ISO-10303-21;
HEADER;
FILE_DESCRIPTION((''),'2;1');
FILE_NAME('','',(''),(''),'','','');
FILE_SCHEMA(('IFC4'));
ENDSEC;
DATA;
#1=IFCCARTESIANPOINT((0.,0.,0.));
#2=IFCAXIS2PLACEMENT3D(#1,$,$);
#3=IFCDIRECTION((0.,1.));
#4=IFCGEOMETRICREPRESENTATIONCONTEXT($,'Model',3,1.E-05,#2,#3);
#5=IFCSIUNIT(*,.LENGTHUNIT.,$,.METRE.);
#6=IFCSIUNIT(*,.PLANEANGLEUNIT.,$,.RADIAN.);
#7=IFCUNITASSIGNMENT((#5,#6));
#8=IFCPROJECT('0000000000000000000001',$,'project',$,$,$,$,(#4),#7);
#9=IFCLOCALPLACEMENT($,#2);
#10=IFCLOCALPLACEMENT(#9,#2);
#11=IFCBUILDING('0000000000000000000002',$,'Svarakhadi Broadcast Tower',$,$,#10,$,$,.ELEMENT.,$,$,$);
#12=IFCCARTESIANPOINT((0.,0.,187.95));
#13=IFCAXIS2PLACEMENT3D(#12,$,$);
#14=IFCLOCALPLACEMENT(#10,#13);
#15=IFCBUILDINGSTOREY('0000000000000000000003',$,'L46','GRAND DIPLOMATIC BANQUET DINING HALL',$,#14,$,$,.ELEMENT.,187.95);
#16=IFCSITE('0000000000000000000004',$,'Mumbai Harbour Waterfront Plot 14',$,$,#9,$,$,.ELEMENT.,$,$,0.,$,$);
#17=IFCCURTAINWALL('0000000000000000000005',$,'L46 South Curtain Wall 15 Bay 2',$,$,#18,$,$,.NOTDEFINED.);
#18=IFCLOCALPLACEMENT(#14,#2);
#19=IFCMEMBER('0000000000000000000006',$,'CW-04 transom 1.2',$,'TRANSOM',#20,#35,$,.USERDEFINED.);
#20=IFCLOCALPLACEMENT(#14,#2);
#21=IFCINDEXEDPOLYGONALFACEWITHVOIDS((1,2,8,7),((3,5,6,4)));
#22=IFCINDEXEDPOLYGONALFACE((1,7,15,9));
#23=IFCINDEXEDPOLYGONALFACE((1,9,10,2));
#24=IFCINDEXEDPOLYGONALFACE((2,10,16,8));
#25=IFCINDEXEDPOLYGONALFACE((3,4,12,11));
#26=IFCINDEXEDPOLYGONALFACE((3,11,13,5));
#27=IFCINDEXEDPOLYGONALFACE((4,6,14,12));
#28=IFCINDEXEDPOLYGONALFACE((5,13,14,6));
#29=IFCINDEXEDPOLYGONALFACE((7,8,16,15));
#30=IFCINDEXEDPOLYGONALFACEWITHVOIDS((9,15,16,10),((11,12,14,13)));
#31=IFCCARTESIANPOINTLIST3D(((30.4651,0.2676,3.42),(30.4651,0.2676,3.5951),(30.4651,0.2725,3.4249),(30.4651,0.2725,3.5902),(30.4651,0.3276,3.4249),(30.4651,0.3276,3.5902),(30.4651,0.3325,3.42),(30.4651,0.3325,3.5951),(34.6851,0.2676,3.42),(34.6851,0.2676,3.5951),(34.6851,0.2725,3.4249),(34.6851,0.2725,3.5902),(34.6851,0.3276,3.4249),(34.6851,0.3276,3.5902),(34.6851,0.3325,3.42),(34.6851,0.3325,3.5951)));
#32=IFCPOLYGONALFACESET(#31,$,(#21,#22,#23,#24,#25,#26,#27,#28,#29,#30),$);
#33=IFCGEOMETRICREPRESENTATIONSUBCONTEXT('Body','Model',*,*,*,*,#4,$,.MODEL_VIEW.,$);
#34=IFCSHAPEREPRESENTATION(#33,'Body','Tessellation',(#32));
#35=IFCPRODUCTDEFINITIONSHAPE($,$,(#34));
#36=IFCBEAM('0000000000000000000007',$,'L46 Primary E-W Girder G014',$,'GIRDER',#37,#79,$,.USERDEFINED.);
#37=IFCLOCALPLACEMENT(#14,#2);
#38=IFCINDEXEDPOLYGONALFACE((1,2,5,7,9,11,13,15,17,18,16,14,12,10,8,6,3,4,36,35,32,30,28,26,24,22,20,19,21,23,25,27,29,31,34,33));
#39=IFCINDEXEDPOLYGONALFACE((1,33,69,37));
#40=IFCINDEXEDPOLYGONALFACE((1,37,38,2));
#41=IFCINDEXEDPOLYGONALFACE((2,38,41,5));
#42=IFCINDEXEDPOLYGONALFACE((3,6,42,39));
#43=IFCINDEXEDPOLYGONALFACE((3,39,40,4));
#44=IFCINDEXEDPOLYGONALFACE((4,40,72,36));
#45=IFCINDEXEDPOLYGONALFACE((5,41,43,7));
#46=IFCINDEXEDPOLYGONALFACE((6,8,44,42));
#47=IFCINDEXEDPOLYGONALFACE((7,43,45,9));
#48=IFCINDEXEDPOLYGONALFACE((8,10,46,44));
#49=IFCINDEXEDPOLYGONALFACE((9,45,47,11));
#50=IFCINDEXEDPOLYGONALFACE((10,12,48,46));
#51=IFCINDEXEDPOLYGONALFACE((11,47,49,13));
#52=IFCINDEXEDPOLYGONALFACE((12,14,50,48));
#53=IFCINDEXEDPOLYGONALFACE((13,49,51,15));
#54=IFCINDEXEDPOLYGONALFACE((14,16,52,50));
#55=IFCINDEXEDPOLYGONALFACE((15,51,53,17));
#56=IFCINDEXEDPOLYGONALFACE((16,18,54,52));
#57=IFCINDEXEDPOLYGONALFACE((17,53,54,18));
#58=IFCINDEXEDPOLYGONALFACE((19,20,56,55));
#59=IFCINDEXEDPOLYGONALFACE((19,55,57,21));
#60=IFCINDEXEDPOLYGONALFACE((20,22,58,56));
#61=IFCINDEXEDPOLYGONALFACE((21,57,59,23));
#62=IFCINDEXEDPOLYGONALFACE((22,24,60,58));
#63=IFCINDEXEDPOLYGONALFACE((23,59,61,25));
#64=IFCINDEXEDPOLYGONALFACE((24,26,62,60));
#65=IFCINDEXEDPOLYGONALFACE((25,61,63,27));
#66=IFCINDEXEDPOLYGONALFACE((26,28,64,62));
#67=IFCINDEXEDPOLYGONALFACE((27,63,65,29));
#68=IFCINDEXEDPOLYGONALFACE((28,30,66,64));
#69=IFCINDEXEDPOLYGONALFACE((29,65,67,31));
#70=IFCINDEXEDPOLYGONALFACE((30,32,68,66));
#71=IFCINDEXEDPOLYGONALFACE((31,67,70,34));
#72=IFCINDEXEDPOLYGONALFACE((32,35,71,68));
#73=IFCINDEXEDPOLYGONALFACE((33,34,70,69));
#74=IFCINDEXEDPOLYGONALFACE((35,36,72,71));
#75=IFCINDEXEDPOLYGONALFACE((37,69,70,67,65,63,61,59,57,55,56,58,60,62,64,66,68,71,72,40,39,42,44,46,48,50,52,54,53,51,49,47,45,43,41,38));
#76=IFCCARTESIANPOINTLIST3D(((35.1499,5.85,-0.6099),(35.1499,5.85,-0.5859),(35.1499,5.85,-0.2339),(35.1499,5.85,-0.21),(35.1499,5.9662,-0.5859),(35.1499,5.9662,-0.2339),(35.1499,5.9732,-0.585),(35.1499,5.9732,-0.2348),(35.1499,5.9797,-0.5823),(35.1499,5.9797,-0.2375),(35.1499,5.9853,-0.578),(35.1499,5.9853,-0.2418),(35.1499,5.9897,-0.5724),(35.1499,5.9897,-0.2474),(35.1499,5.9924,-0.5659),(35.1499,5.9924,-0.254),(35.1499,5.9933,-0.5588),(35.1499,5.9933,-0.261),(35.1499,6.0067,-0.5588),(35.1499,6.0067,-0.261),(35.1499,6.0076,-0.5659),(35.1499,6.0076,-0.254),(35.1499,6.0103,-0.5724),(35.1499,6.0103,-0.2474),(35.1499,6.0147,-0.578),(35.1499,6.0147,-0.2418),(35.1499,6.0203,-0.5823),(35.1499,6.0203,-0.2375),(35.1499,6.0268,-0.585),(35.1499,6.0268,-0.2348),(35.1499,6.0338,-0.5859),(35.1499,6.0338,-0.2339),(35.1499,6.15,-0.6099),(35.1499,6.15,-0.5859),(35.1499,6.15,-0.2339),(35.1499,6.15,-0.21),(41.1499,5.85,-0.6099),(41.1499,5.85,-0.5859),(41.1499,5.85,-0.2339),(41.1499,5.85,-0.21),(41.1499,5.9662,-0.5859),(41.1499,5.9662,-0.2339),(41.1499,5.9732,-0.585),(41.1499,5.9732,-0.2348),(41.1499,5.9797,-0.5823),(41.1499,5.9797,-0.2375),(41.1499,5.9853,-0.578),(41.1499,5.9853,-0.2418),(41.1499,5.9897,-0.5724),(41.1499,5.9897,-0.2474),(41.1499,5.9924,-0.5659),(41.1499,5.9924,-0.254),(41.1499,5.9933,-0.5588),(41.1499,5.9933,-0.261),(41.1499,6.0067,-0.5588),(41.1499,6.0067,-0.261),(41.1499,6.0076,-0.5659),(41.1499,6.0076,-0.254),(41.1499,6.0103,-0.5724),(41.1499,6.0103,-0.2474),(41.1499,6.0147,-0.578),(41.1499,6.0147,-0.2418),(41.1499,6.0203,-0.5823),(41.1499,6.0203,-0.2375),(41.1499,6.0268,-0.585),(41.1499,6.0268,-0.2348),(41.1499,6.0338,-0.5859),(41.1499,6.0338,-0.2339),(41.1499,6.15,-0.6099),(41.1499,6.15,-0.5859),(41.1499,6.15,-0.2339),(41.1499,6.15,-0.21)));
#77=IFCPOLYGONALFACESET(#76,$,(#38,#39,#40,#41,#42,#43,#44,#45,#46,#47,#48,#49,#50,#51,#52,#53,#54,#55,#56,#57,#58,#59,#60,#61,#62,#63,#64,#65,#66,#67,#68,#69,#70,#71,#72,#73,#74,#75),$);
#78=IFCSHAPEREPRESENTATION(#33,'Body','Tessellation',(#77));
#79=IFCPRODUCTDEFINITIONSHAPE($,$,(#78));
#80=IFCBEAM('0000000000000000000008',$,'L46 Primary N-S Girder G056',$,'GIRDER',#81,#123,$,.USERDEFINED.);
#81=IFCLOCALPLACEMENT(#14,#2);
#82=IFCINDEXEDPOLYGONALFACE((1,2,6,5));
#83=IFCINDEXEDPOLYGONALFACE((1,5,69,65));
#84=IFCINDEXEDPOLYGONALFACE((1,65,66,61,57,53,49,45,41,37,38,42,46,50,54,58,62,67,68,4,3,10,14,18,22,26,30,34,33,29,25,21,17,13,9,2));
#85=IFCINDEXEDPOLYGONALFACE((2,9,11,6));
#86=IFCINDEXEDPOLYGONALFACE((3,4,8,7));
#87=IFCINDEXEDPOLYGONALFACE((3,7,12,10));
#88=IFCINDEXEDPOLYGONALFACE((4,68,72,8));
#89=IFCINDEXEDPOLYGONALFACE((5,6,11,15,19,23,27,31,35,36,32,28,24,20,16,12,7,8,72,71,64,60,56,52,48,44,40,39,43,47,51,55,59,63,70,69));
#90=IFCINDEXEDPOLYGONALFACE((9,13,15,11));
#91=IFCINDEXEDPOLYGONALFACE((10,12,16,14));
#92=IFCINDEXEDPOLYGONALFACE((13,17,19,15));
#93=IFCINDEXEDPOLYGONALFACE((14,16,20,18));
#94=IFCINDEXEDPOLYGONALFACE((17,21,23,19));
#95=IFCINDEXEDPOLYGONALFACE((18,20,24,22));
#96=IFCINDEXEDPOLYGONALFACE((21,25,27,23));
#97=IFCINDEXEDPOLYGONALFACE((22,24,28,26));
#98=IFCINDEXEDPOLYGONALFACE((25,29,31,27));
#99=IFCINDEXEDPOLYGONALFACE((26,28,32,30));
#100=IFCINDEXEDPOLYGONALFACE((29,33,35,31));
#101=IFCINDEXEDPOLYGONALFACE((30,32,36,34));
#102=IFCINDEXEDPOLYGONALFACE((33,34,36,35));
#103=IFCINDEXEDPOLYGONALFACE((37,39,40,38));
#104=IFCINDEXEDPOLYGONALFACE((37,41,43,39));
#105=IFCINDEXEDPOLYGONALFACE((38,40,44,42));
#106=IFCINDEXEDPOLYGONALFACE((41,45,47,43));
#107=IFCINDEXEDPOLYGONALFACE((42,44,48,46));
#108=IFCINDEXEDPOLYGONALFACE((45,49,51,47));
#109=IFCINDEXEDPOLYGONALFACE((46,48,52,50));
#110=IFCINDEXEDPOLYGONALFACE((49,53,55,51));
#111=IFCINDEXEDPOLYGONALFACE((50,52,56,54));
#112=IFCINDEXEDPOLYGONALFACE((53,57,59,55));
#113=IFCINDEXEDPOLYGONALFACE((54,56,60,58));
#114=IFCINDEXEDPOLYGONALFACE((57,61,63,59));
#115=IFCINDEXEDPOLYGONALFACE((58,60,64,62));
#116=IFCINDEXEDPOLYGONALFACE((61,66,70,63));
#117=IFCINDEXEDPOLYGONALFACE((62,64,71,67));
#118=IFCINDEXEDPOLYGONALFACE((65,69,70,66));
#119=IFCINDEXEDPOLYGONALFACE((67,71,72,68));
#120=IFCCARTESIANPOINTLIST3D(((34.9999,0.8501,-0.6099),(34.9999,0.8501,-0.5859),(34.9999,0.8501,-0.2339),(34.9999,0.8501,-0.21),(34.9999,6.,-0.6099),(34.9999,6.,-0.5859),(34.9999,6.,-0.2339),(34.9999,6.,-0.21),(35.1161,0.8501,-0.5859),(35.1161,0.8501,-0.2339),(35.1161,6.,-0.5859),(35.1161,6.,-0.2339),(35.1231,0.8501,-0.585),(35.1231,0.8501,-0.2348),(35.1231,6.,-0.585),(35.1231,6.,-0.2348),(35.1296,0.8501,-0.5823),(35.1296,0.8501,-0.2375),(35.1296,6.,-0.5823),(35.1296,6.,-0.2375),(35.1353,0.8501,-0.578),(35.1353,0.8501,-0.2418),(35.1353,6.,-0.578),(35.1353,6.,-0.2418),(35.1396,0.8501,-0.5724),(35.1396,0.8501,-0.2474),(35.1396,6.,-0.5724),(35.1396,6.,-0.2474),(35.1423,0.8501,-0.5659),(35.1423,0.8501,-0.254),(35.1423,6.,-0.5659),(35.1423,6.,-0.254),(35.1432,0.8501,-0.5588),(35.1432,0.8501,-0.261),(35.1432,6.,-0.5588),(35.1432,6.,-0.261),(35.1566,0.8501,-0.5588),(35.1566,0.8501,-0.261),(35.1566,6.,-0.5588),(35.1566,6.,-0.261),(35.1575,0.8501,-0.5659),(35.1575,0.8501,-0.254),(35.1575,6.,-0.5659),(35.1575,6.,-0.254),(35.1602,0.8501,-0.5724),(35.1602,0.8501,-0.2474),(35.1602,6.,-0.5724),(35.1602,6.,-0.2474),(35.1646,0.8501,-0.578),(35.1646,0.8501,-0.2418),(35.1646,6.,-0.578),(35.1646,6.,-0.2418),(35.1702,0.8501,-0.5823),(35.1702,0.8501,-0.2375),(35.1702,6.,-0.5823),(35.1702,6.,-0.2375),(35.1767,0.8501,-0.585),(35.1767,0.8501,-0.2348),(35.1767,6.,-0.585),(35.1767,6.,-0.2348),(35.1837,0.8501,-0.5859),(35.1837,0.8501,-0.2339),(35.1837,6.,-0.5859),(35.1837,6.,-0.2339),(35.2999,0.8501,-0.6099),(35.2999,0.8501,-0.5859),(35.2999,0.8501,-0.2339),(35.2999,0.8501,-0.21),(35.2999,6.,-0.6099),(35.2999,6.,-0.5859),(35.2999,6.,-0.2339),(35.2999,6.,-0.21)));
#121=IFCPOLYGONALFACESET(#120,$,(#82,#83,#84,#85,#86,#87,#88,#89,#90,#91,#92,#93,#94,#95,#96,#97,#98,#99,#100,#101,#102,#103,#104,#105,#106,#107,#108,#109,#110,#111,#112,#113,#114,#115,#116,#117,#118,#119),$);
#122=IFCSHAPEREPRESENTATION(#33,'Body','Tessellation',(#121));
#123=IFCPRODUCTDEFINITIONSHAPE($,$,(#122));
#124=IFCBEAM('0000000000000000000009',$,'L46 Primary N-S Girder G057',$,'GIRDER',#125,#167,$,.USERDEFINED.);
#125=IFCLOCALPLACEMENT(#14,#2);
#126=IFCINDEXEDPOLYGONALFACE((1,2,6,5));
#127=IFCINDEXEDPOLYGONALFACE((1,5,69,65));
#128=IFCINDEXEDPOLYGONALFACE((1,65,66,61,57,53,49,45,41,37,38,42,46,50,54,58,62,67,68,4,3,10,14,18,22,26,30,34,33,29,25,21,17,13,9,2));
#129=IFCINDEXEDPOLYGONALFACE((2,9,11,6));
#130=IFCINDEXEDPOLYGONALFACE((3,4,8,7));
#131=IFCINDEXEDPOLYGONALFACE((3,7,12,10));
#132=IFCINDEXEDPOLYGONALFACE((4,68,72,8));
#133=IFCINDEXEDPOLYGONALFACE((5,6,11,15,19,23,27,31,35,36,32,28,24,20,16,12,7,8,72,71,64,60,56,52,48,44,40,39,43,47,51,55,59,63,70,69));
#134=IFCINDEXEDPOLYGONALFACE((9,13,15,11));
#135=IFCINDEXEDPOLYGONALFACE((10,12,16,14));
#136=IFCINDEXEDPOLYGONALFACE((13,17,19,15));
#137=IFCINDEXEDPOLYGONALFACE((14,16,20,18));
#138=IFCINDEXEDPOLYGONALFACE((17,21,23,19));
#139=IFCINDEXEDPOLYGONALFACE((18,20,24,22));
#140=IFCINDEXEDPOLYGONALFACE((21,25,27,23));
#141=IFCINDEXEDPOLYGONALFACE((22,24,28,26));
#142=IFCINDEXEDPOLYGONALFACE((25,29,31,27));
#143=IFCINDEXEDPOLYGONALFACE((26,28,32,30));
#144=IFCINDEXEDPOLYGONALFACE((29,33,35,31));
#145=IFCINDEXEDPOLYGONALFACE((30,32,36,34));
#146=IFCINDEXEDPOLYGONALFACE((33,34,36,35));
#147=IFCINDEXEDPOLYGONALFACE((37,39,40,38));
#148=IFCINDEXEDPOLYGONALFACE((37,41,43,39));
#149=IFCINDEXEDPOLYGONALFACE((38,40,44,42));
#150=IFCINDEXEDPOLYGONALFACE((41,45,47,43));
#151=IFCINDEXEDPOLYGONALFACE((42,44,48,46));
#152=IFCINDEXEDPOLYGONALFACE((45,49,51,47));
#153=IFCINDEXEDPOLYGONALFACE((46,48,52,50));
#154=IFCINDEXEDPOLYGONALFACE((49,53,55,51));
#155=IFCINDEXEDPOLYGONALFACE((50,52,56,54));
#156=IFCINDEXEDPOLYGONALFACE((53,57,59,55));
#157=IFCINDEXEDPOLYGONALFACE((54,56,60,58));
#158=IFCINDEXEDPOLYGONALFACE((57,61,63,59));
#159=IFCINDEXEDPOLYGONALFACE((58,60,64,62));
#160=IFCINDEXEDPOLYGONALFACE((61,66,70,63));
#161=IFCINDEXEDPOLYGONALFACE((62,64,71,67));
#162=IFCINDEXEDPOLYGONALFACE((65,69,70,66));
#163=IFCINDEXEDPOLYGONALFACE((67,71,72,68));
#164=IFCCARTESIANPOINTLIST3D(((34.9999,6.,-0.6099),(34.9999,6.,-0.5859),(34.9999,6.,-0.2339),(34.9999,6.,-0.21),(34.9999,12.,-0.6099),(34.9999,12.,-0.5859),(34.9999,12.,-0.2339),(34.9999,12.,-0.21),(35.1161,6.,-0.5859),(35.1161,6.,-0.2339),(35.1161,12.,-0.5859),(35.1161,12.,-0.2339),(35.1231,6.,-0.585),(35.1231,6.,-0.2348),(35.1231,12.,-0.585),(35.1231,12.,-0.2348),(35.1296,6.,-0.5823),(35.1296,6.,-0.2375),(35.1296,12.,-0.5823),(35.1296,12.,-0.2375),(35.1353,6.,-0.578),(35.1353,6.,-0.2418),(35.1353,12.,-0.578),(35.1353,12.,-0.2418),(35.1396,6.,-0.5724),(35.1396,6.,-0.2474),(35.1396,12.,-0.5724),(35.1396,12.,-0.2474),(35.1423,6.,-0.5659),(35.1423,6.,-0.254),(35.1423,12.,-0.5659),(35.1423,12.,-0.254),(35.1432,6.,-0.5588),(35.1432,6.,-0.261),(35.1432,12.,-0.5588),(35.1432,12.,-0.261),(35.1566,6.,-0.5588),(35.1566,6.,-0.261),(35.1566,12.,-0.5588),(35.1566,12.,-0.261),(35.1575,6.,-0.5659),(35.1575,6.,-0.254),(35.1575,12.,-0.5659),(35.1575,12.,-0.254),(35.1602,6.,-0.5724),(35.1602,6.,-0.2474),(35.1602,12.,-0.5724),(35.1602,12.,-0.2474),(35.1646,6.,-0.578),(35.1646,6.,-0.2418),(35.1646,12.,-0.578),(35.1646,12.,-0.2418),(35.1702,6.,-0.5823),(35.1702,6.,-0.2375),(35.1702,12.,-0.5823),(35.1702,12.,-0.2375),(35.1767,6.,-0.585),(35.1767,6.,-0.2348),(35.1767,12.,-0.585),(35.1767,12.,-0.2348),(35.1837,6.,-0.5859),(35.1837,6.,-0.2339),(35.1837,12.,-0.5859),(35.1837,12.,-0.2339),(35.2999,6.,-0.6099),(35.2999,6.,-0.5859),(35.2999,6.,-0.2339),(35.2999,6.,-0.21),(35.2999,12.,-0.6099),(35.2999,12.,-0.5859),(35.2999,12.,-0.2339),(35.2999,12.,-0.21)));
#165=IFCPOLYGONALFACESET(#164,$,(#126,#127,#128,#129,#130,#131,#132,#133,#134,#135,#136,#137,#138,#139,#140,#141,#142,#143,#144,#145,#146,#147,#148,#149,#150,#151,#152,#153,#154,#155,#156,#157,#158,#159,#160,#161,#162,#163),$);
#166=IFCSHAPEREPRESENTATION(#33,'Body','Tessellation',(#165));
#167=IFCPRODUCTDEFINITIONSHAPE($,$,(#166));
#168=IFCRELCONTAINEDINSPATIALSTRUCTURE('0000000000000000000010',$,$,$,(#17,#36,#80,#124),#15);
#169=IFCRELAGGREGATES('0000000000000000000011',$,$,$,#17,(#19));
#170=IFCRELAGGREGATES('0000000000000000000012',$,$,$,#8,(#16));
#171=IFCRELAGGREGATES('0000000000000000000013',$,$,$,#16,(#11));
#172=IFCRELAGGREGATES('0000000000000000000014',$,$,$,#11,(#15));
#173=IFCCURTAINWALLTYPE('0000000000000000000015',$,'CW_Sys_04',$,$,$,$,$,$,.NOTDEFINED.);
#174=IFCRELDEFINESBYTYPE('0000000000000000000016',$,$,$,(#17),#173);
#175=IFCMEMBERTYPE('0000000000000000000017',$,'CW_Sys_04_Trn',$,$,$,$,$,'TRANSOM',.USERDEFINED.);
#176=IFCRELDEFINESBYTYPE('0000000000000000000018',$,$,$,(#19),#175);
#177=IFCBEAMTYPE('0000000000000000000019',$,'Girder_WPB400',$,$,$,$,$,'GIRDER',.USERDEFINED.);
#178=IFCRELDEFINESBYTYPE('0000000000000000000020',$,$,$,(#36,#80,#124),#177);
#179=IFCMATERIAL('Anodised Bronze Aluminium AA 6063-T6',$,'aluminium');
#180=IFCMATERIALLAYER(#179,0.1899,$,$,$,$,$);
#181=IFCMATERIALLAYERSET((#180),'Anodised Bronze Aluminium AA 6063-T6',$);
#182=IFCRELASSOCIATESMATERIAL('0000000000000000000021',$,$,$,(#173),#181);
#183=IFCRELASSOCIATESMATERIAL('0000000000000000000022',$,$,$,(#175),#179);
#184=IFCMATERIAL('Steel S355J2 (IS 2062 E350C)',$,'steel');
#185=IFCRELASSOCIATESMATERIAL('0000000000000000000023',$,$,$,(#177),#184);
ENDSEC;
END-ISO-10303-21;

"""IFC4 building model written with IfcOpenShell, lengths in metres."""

from ifc_helpers import new_model, si_unit, direction, frame, origin, origin_2d, place, context, subcontext, project, spatial, hollow_rectangle, i_section, extrude, material, layer, layer_set, material_profile, profile_set, type_object, element, aggregate, save


model = new_model("IFC4")

# Units and contexts
model_context = context("Model", 3, precision=1e-05, world=origin(), true_north=direction((0.0, 1.0)))
body_context = subcontext(model_context, "Body", "Model", "MODEL_VIEW")
ifc_project = project(units=[si_unit("LENGTHUNIT", "METRE"), si_unit("PLANEANGLEUNIT", "RADIAN")], contexts=[model_context])

# Site, building, storey
site_placement = place(None, origin())
site = spatial("IfcSite", under=ifc_project, at=site_placement, Name="Mumbai Harbour Waterfront Plot 14", CompositionType="ELEMENT", RefElevation=0.0)
building_placement = place(site_placement, origin())
building = spatial("IfcBuilding", under=site, at=building_placement, Name="Svarakhadi Broadcast Tower", CompositionType="ELEMENT")
storey_placement = place(building_placement, frame((0.0, 0.0, 187.95)))
storey = spatial("IfcBuildingStorey", under=building, at=storey_placement, Name="L46", Description="GRAND DIPLOMATIC BANQUET DINING HALL", CompositionType="ELEMENT", Elevation=187.95)

# Shared definitions
ifc_material_1 = material(Name="Steel S355J2 (IS 2062 E350C)", Category="steel")

# Shared definitions
ifc_material_2 = material(Name="Anodised Bronze Aluminium AA 6063-T6", Category="aluminium")
ifc_layer_1 = layer(ifc_material_2, 0.1899)
ifc_layer_set_1 = layer_set([ifc_layer_1], Name="Anodised Bronze Aluminium AA 6063-T6")
curtain_wall_type = type_object("IfcCurtainWallType", Name="CW_Sys_04", PredefinedType="NOTDEFINED", material=ifc_layer_set_1)

# Curtain wall, member
curtain_wall_1_placement = place(storey_placement, origin())
curtain_wall_1 = element("IfcCurtainWall", 1, at=curtain_wall_1_placement, inside=storey, type_object=curtain_wall_type, Name="L46 South Curtain Wall 15 Bay 2", PredefinedType="NOTDEFINED")
ifc_material_profile_1 = material_profile(ifc_material_2, hollow_rectangle(XDim=0.0649, YDim=0.175, WallThickness=0.0049, at=origin_2d()), Name="ALU TRANSOM 175x65x5")
ifc_profile_set_1 = profile_set([ifc_material_profile_1], Name="Anodised Bronze Aluminium AA 6063-T6")
member_type_1 = type_object("IfcMemberType", Name="CW_Sys_04_Trn", ElementType="TRANSOM", PredefinedType="USERDEFINED", material=ifc_profile_set_1)
member_1_placement = place(storey_placement, frame((34.6851, 0.3, 3.5076), z_axis=(-1.0, 0.0, 0.0), x_axis=(0.0, -1.0, 0.0)))
member_1 = element("IfcMember", 2, at=member_1_placement, type_object=member_type_1, Name="CW-04 transom 1.2", ObjectType="TRANSOM", PredefinedType="USERDEFINED", context=body_context, shape_type="SweptSolid", body=[
    extrude(hollow_rectangle(XDim=0.0649, YDim=0.175, WallThickness=0.0049, at=origin_2d()), origin(), (0.0, 0.0, 1.0), 4.22),
])

# Beams
ifc_material_profile_2 = material_profile(ifc_material_1, i_section(OverallWidth=0.3, OverallDepth=0.3999, WebThickness=0.0134, FlangeThickness=0.0239, FilletRadius=0.0271, at=origin_2d()), Name="WPB 400x300x155")
ifc_profile_set_2 = profile_set([ifc_material_profile_2], Name="Steel S355J2 (IS 2062 E350C)")
beam_type_1 = type_object("IfcBeamType", Name="Girder_WPB400", ElementType="GIRDER", PredefinedType="USERDEFINED", material=ifc_profile_set_2)
beam_1_placement = place(storey_placement, frame((35.1499, 6.0, -0.4099), z_axis=(1.0, 0.0, 0.0), x_axis=(0.0, 1.0, 0.0)))
element("IfcBeam", 3, at=beam_1_placement, inside=storey, type_object=beam_type_1, Name="L46 Primary E-W Girder G014", ObjectType="GIRDER", PredefinedType="USERDEFINED", context=body_context, shape_type="SweptSolid", body=[
    extrude(i_section(OverallWidth=0.3, OverallDepth=0.3999, WebThickness=0.0134, FlangeThickness=0.0239, FilletRadius=0.0271, at=origin_2d()), origin(), (0.0, 0.0, 1.0), 6.0),
])
beam_2_placement = place(storey_placement, frame((35.1499, 0.8501, -0.4099), z_axis=(0.0, 1.0, 0.0), x_axis=(-1.0, 0.0, 0.0)))
element("IfcBeam", 4, at=beam_2_placement, inside=storey, type_object=beam_type_1, Name="L46 Primary N-S Girder G056", ObjectType="GIRDER", PredefinedType="USERDEFINED", context=body_context, shape_type="SweptSolid", body=[
    extrude(i_section(OverallWidth=0.3, OverallDepth=0.3999, WebThickness=0.0134, FlangeThickness=0.0239, FilletRadius=0.0271, at=origin_2d()), origin(), (0.0, 0.0, 1.0), 5.1499),
])
beam_3_placement = place(storey_placement, frame((35.1499, 6.0, -0.4099), z_axis=(0.0, 1.0, 0.0), x_axis=(-1.0, 0.0, 0.0)))
element("IfcBeam", 5, at=beam_3_placement, inside=storey, type_object=beam_type_1, Name="L46 Primary N-S Girder G057", ObjectType="GIRDER", PredefinedType="USERDEFINED", context=body_context, shape_type="SweptSolid", body=[
    extrude(i_section(OverallWidth=0.3, OverallDepth=0.3999, WebThickness=0.0134, FlangeThickness=0.0239, FilletRadius=0.0271, at=origin_2d()), origin(), (0.0, 0.0, 1.0), 6.0),
])

aggregate(curtain_wall_1, [member_1])

save(model, "model.ifc")
